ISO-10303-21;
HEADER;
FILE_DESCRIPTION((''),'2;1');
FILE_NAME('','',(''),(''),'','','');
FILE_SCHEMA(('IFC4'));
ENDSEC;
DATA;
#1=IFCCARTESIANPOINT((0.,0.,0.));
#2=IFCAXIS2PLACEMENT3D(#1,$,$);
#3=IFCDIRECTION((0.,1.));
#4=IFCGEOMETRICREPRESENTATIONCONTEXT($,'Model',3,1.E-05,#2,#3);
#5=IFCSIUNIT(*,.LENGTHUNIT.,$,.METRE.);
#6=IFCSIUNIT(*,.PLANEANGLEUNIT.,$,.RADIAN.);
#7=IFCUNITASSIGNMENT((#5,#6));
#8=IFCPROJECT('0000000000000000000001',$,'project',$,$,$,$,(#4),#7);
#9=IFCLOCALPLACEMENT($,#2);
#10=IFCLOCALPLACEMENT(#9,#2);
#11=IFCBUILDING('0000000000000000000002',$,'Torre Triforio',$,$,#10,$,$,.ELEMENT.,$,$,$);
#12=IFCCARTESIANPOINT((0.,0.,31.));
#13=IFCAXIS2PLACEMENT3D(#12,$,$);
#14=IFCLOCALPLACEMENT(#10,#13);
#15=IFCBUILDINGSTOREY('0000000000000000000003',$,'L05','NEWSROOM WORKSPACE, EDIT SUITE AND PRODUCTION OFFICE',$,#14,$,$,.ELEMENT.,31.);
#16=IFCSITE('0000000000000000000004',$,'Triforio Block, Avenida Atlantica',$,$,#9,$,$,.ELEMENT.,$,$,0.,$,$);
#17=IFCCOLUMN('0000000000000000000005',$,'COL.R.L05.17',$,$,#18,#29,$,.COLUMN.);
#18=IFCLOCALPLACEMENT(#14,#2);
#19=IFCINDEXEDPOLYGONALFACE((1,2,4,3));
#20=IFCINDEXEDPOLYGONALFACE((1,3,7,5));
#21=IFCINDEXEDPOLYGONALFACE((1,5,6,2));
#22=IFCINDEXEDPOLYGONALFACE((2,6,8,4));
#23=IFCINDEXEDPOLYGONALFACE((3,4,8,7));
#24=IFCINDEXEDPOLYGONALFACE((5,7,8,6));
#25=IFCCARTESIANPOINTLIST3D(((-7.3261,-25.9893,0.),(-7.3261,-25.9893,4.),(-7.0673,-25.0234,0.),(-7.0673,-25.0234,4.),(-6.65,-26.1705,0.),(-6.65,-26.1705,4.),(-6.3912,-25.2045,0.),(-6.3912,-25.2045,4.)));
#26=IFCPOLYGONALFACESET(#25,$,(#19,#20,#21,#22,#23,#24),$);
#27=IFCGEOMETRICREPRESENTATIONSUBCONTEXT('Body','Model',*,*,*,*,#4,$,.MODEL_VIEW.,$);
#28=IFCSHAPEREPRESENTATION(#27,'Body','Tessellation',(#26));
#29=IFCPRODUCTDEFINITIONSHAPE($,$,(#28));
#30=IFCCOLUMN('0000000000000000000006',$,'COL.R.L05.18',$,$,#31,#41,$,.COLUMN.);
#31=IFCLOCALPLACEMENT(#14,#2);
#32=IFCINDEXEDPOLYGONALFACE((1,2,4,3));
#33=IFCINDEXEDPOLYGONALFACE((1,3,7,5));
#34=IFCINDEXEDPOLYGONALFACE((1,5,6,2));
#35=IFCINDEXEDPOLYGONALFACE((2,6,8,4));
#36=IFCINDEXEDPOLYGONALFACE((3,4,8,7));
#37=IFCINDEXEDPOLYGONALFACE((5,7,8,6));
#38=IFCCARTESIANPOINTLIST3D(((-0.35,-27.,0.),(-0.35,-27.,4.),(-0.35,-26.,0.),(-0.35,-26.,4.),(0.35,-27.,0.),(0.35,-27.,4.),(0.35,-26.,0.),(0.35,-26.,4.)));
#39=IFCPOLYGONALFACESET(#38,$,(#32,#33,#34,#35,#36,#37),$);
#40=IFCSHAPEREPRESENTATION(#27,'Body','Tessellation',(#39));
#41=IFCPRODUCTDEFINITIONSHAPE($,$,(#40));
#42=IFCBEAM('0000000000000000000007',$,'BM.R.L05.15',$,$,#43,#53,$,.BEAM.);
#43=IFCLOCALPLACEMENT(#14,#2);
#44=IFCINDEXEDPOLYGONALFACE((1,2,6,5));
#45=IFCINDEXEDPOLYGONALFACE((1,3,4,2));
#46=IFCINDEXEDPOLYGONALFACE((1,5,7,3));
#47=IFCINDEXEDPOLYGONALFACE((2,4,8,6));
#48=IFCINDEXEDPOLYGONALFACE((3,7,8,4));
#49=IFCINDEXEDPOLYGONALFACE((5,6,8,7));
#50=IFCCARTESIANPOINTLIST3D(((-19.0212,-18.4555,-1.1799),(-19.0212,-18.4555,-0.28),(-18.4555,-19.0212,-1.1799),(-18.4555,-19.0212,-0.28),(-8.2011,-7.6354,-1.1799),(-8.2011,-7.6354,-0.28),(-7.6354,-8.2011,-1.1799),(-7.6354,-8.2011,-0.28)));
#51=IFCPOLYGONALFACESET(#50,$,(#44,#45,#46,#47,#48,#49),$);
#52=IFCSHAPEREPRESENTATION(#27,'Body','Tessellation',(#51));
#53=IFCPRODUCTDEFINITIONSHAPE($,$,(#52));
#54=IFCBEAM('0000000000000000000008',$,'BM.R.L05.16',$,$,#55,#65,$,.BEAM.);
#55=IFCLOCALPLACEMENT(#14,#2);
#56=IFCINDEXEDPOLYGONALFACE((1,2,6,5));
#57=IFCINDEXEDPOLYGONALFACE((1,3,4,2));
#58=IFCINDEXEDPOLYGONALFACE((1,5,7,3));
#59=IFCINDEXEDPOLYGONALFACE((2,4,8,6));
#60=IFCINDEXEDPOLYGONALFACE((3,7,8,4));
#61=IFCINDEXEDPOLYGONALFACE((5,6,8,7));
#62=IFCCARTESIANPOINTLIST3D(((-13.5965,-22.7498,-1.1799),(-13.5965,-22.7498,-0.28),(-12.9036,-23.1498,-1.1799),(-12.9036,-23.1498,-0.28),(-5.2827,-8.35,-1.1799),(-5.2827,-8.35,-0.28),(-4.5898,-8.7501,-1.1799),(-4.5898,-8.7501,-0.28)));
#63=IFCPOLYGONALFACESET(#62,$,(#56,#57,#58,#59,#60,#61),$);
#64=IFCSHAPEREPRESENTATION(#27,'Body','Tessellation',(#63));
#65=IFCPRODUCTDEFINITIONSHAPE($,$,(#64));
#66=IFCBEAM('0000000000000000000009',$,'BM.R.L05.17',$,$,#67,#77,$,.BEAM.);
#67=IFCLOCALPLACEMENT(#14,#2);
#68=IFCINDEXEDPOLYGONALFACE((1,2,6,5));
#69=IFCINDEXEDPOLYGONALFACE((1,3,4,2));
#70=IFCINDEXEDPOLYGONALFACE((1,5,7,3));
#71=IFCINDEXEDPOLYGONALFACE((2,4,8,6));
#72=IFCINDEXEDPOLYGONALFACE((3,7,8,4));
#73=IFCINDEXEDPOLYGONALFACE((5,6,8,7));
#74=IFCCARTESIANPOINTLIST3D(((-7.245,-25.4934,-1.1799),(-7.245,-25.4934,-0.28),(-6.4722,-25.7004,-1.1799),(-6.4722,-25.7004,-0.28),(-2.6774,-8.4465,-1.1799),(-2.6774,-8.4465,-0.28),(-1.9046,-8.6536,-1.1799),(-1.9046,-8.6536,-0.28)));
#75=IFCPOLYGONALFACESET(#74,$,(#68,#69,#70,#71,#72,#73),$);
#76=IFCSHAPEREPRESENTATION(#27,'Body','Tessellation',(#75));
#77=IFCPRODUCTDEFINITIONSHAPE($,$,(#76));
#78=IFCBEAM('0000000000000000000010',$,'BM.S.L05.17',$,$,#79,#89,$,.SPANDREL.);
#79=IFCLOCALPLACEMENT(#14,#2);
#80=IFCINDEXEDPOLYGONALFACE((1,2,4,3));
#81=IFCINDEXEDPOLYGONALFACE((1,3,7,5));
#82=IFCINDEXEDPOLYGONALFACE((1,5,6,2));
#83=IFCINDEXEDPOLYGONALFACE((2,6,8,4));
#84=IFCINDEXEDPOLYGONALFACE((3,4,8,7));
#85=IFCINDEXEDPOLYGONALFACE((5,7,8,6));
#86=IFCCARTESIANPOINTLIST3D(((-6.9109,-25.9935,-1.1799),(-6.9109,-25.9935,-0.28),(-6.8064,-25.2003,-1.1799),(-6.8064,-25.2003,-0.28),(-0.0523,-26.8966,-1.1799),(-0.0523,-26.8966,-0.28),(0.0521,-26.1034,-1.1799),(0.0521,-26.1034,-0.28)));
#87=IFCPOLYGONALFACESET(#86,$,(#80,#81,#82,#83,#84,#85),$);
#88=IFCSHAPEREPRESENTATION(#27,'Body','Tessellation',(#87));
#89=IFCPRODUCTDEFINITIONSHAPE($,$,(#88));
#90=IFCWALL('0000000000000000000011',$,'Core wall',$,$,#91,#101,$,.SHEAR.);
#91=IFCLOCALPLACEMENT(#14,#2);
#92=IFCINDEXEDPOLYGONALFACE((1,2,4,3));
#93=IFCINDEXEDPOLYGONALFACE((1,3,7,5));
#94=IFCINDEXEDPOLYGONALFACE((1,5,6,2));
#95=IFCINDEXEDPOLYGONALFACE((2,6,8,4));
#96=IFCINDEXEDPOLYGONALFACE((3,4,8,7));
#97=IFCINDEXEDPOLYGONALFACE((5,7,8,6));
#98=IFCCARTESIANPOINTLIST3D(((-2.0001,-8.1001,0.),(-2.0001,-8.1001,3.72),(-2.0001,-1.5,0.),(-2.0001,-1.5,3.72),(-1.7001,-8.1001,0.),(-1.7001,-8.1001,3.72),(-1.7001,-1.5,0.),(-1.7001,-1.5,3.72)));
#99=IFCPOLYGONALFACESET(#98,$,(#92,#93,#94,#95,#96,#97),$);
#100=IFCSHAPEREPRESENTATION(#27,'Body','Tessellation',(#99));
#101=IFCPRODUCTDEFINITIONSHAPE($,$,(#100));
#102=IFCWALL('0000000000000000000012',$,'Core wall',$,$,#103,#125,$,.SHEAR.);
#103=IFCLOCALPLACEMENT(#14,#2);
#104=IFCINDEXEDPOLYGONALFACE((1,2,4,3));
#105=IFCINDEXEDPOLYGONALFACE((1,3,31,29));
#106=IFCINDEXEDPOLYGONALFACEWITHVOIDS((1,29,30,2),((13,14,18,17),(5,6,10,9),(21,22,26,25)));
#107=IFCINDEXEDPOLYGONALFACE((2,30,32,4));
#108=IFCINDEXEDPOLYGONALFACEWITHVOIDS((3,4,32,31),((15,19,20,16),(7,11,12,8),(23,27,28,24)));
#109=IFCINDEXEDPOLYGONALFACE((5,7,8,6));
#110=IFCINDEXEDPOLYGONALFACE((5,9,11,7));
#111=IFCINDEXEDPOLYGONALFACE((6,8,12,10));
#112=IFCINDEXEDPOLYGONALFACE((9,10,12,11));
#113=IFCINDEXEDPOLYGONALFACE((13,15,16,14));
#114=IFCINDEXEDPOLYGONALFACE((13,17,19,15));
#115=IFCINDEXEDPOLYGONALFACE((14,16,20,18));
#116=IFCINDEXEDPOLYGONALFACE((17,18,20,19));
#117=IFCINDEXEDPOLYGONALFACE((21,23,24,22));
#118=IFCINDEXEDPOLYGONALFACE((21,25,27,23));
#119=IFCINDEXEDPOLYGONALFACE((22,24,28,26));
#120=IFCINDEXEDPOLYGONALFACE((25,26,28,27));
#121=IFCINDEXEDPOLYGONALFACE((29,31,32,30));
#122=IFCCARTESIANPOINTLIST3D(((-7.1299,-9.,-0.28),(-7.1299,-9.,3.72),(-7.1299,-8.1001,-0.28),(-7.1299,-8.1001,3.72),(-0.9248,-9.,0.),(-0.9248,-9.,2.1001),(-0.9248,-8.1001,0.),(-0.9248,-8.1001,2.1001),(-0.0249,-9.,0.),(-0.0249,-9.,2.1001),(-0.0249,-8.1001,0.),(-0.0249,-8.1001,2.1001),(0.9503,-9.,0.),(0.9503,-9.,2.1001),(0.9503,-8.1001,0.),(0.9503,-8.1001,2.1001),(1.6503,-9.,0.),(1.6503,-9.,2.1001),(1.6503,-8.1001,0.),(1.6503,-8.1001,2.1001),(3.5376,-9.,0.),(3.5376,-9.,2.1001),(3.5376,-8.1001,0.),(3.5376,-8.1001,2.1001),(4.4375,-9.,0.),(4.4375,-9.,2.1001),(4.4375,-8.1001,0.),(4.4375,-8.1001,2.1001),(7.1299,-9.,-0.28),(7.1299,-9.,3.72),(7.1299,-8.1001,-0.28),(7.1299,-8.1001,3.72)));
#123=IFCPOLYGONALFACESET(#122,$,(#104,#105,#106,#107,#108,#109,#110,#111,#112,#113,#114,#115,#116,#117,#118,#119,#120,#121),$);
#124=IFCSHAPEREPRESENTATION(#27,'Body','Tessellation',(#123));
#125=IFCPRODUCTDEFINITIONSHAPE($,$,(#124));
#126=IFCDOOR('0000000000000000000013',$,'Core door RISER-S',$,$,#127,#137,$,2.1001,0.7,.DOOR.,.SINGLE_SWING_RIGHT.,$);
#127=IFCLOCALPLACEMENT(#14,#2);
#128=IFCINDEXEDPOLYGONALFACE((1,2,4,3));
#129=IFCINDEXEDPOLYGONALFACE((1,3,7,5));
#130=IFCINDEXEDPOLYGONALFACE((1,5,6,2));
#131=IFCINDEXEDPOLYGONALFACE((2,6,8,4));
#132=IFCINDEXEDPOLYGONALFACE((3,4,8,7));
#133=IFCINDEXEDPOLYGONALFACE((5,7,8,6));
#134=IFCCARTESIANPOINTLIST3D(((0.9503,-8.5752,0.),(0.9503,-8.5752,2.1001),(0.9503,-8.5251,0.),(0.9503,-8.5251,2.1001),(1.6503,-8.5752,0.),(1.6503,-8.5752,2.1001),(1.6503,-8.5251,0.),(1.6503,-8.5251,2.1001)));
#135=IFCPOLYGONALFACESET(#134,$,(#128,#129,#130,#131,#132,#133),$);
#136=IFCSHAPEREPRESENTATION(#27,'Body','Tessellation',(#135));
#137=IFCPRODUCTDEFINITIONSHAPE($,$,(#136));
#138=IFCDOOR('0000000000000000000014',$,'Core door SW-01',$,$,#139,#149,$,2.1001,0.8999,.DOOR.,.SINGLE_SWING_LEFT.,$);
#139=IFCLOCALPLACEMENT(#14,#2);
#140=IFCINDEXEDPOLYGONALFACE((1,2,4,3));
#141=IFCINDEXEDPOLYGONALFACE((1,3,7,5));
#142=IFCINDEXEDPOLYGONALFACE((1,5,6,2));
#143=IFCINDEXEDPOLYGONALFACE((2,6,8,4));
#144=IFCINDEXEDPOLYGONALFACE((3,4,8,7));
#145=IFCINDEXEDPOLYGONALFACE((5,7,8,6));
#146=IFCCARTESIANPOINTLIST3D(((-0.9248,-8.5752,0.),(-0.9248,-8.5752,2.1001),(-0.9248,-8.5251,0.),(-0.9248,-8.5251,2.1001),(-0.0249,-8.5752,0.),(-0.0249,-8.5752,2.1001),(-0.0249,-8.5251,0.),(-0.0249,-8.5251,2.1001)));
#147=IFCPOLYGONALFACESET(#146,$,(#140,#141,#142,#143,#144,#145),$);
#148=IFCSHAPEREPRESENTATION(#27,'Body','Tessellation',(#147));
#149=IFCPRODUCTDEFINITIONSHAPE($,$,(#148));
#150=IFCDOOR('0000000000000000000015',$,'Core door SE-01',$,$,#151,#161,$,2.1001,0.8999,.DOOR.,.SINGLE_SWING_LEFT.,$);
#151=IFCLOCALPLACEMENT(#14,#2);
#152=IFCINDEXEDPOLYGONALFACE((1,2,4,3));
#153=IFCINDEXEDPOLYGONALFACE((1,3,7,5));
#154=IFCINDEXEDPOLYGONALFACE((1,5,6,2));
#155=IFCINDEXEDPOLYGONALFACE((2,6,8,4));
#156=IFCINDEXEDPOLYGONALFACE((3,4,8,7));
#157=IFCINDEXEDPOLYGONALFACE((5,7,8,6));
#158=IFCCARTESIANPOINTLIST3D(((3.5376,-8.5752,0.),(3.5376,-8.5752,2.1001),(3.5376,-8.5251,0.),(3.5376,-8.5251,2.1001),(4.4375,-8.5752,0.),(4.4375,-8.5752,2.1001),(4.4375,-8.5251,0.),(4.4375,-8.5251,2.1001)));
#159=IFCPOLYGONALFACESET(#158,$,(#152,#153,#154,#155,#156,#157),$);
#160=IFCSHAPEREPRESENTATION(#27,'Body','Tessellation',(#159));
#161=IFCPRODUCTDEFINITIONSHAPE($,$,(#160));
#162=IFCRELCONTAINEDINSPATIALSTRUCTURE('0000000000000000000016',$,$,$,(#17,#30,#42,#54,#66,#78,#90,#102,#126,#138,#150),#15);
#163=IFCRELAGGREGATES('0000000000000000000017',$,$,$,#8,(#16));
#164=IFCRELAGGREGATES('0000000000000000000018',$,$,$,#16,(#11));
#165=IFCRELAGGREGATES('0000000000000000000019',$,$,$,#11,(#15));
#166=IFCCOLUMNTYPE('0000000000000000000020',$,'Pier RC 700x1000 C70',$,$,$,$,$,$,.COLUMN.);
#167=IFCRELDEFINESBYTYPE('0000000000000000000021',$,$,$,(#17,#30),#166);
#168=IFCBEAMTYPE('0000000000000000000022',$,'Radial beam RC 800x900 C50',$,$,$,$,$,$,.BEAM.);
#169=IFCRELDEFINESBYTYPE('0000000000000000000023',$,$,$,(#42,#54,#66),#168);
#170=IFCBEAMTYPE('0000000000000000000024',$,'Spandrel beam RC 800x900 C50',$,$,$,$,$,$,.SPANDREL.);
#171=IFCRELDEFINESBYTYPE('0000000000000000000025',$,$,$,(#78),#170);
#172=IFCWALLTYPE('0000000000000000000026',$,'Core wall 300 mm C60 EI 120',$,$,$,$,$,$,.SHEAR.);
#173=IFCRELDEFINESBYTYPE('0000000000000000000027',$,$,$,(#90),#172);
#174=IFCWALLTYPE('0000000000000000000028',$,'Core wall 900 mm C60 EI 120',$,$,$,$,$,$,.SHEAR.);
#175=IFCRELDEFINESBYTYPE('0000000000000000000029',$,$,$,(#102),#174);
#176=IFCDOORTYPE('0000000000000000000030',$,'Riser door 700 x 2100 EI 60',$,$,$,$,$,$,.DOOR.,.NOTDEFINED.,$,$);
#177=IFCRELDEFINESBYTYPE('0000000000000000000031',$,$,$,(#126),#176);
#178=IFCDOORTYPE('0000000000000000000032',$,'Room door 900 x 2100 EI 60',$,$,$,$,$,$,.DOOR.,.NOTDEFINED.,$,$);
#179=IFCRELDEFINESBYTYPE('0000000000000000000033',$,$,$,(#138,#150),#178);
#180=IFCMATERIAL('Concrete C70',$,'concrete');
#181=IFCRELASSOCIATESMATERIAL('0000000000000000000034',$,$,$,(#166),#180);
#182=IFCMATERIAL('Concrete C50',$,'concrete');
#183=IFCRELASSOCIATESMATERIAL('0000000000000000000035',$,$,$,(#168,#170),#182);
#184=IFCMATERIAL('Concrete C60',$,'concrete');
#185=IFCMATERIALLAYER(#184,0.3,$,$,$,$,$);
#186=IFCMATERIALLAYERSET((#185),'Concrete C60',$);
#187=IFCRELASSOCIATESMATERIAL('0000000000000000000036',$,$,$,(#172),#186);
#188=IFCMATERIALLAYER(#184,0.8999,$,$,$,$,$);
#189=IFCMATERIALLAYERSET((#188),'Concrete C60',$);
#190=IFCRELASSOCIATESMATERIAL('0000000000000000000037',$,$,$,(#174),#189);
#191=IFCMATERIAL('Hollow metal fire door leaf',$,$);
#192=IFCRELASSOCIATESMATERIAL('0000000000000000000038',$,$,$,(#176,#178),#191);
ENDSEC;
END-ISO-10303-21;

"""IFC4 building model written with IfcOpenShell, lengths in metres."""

from ifc_helpers import new_model, si_unit, direction, frame, frame_2d, origin, origin_2d, place, context, subcontext, project, spatial, rectangle, extrude, material, layer, layer_set, material_profile, profile_set, type_object, element, fill, save


model = new_model("IFC4")

# Units and contexts
model_context = context("Model", 3, precision=1e-05, world=origin(), true_north=direction((0.0, 1.0)))
body_context = subcontext(model_context, "Body", "Model", "MODEL_VIEW")
ifc_project = project(units=[si_unit("LENGTHUNIT", "METRE"), si_unit("PLANEANGLEUNIT", "RADIAN")], contexts=[model_context])

# Site, building, storey
site_placement = place(None, origin())
site = spatial("IfcSite", under=ifc_project, at=site_placement, Name="Triforio Block, Avenida Atlantica", CompositionType="ELEMENT", RefElevation=0.0)
building_placement = place(site_placement, origin())
building = spatial("IfcBuilding", under=site, at=building_placement, Name="Torre Triforio", CompositionType="ELEMENT")
storey_placement = place(building_placement, frame((0.0, 0.0, 31.0)))
storey = spatial("IfcBuildingStorey", under=building, at=storey_placement, Name="L05", Description="NEWSROOM WORKSPACE, EDIT SUITE AND PRODUCTION OFFICE", CompositionType="ELEMENT", Elevation=31.0)

# Columns
ifc_material_1 = material(Name="Concrete C70", Category="concrete")
ifc_material_profile_1 = material_profile(ifc_material_1, rectangle(XDim=0.7, YDim=1.0, at=origin_2d()), Name="RC 700x1000")
ifc_profile_set_1 = profile_set([ifc_material_profile_1], Name="Concrete C70")
column_type = type_object("IfcColumnType", Name="Pier RC 700x1000 C70", PredefinedType="COLUMN", material=ifc_profile_set_1)
for number, where, z_axis, x_axis, name in (
    (1, (-6.8586, -25.5969, 0.0), (0.0, 0.0, 1.0), (0.965926, -0.258819, 0.0), "COL.R.L05.17"),
    (2, (0.0, -26.5, 0.0), (0.0, 0.0, 1.0), (1.0, 0.0, 0.0), "COL.R.L05.18"),
):
    element("IfcColumn", number, at=place(storey_placement, frame(where, z_axis=z_axis, x_axis=x_axis)), inside=storey, type_object=column_type, Name=name, PredefinedType="COLUMN", context=body_context, shape_type="SweptSolid", body=[
        extrude(rectangle(XDim=0.7, YDim=1.0, at=origin_2d()), origin(), (0.0, 0.0, 1.0), 4.0),
    ])

# Beams
ifc_material_2 = material(Name="Concrete C50", Category="concrete")
ifc_material_profile_2 = material_profile(ifc_material_2, rectangle(XDim=0.8, YDim=0.8999, at=origin_2d()), Name="RC 800x900")
ifc_profile_set_2 = profile_set([ifc_material_profile_2], Name="Concrete C50")
beam_type_1 = type_object("IfcBeamType", Name="Radial beam RC 800x900 C50", PredefinedType="BEAM", material=ifc_profile_set_2)
beam_1_placement = place(storey_placement, frame((-7.9182, -7.9182, -0.73), z_axis=(-0.707107, -0.707107, 0.0), x_axis=(0.707107, -0.707107, 0.0)))
element("IfcBeam", 3, at=beam_1_placement, inside=storey, type_object=beam_type_1, Name="BM.R.L05.15", PredefinedType="BEAM", context=body_context, shape_type="SweptSolid", body=[
    extrude(rectangle(XDim=0.8, YDim=0.8999, at=origin_2d()), origin(), (0.0, 0.0, 1.0), 15.302),
])
beam_2_placement = place(storey_placement, frame((-4.9363, -8.55, -0.73), z_axis=(-0.500003, -0.866023, 0.0), x_axis=(0.866023, -0.500003, 0.0)))
element("IfcBeam", 4, at=beam_2_placement, inside=storey, type_object=beam_type_1, Name="BM.R.L05.16", PredefinedType="BEAM", context=body_context, shape_type="SweptSolid", body=[
    extrude(rectangle(XDim=0.8, YDim=0.8999, at=origin_2d()), origin(), (0.0, 0.0, 1.0), 16.6274),
])
beam_3_placement = place(storey_placement, frame((-2.291, -8.55, -0.73), z_axis=(-0.258815, -0.965927, 0.0), x_axis=(0.965927, -0.258815, 0.0)))
element("IfcBeam", 5, at=beam_3_placement, inside=storey, type_object=beam_type_1, Name="BM.R.L05.17", PredefinedType="BEAM", context=body_context, shape_type="SweptSolid", body=[
    extrude(rectangle(XDim=0.8, YDim=0.8999, at=origin_2d()), origin(), (0.0, 0.0, 1.0), 17.6482),
])
ifc_material_profile_3 = material_profile(ifc_material_2, rectangle(XDim=0.8, YDim=0.8999, at=origin_2d()), Name="RC 800x900")
ifc_profile_set_3 = profile_set([ifc_material_profile_3], Name="Concrete C50")
beam_type_2 = type_object("IfcBeamType", Name="Spandrel beam RC 800x900 C50", PredefinedType="SPANDREL", material=ifc_profile_set_3)
beam_4_placement = place(storey_placement, frame((-6.8586, -25.5969, -0.73), z_axis=(0.991443, -0.130543, 0.0), x_axis=(0.130543, 0.991443, 0.0)))
element("IfcBeam", 6, at=beam_4_placement, inside=storey, type_object=beam_type_2, Name="BM.S.L05.17", PredefinedType="SPANDREL", context=body_context, shape_type="SweptSolid", body=[
    extrude(rectangle(XDim=0.8, YDim=0.8999, at=origin_2d()), origin(), (0.0, 0.0, 1.0), 6.9177),
])

# Wall
ifc_material_3 = material(Name="Concrete C60", Category="concrete")
ifc_layer_1 = layer(ifc_material_3, 0.3)
ifc_layer_set_1 = layer_set([ifc_layer_1], Name="Concrete C60")
wall_type_1 = type_object("IfcWallType", Name="Core wall 300 mm C60 EI 120", PredefinedType="SHEAR", material=ifc_layer_set_1)
wall_1_placement = place(storey_placement, frame((-1.8501, -8.1001, 0.0), z_axis=(0.0, 0.0, 1.0), x_axis=(0.0, 1.0, 0.0)))
element("IfcWall", 7, at=wall_1_placement, inside=storey, type_object=wall_type_1, Name="Core wall", PredefinedType="SHEAR", context=body_context, shape_type="SweptSolid", body=[
    extrude(rectangle(XDim=6.6001, YDim=0.3, at=frame_2d((3.3, 0.0))), origin(), (0.0, 0.0, 1.0), 3.72),
])

# Wall, openings, doors
ifc_layer_2 = layer(ifc_material_3, 0.8999)
ifc_layer_set_2 = layer_set([ifc_layer_2], Name="Concrete C60")
wall_type_2 = type_object("IfcWallType", Name="Core wall 900 mm C60 EI 120", PredefinedType="SHEAR", material=ifc_layer_set_2)
wall_2_placement = place(storey_placement, frame((-7.1299, -8.55, -0.28), z_axis=(0.0, 0.0, 1.0), x_axis=(1.0, 0.0, 0.0)))
wall_2 = element("IfcWall", 8, at=wall_2_placement, inside=storey, type_object=wall_type_2, Name="Core wall", PredefinedType="SHEAR", context=body_context, shape_type="SweptSolid", body=[
    extrude(rectangle(XDim=14.2598, YDim=0.8999, at=frame_2d((7.1299, 0.0))), origin(), (0.0, 0.0, 1.0), 4.0),
])
opening_1_placement = place(wall_2_placement, frame((8.0801, 0.0, 0.28)))
opening_1 = element("IfcOpeningElement", 9, at=opening_1_placement, cuts=wall_2, PredefinedType="OPENING", context=body_context, shape_type="SweptSolid", body=[
    extrude(rectangle(XDim=0.7, YDim=2.1001, at=frame_2d((0.3501, 1.05))), frame((0.0, 0.46, 0.0), z_axis=(0.0, -1.0, 0.0), x_axis=(1.0, 0.0, 0.0)), (0.0, 0.0, 1.0), 0.9199),
])
opening_2_placement = place(wall_2_placement, frame((6.2051, 0.0, 0.28)))
opening_2 = element("IfcOpeningElement", 10, at=opening_2_placement, cuts=wall_2, PredefinedType="OPENING", context=body_context, shape_type="SweptSolid", body=[
    extrude(rectangle(XDim=0.8999, YDim=2.1001, at=frame_2d((0.45, 1.05))), frame((0.0, 0.46, 0.0), z_axis=(0.0, -1.0, 0.0), x_axis=(1.0, 0.0, 0.0)), (0.0, 0.0, 1.0), 0.9199),
])
opening_3_placement = place(wall_2_placement, frame((10.6675, 0.0, 0.28)))
opening_3 = element("IfcOpeningElement", 11, at=opening_3_placement, cuts=wall_2, PredefinedType="OPENING", context=body_context, shape_type="SweptSolid", body=[
    extrude(rectangle(XDim=0.8999, YDim=2.1001, at=frame_2d((0.45, 1.05))), frame((0.0, 0.46, 0.0), z_axis=(0.0, -1.0, 0.0), x_axis=(1.0, 0.0, 0.0)), (0.0, 0.0, 1.0), 0.9199),
])
ifc_material_4 = material(Name="Hollow metal fire door leaf")
door_type_1 = type_object("IfcDoorType", Name="Riser door 700 x 2100 EI 60", OperationType="NOTDEFINED", PredefinedType="DOOR", material=ifc_material_4)
door_1_placement = place(opening_1_placement, origin())
door_1 = element("IfcDoor", 12, at=door_1_placement, inside=storey, type_object=door_type_1, Name="Core door RISER-S", OperationType="SINGLE_SWING_RIGHT", OverallHeight=2.1001, OverallWidth=0.7, PredefinedType="DOOR", context=body_context, shape_type="SweptSolid", body=[
    extrude(rectangle(XDim=0.7, YDim=2.1001, at=frame_2d((0.3501, 1.05))), frame((0.0, 0.0249, 0.0), z_axis=(0.0, -1.0, 0.0), x_axis=(1.0, 0.0, 0.0)), (0.0, 0.0, 1.0), 0.05),
])
fill(opening_1, door_1)
door_type_2 = type_object("IfcDoorType", Name="Room door 900 x 2100 EI 60", OperationType="NOTDEFINED", PredefinedType="DOOR", material=ifc_material_4)
door_2_placement = place(opening_2_placement, origin())
door_2 = element("IfcDoor", 13, at=door_2_placement, inside=storey, type_object=door_type_2, Name="Core door SW-01", OperationType="SINGLE_SWING_LEFT", OverallHeight=2.1001, OverallWidth=0.8999, PredefinedType="DOOR", context=body_context, shape_type="SweptSolid", body=[
    extrude(rectangle(XDim=0.8999, YDim=2.1001, at=frame_2d((0.45, 1.05))), frame((0.0, 0.0249, 0.0), z_axis=(0.0, -1.0, 0.0), x_axis=(1.0, 0.0, 0.0)), (0.0, 0.0, 1.0), 0.05),
])
fill(opening_2, door_2)
door_3_placement = place(opening_3_placement, origin())
door_3 = element("IfcDoor", 14, at=door_3_placement, inside=storey, type_object=door_type_2, Name="Core door SE-01", OperationType="SINGLE_SWING_LEFT", OverallHeight=2.1001, OverallWidth=0.8999, PredefinedType="DOOR", context=body_context, shape_type="SweptSolid", body=[
    extrude(rectangle(XDim=0.8999, YDim=2.1001, at=frame_2d((0.45, 1.05))), frame((0.0, 0.0249, 0.0), z_axis=(0.0, -1.0, 0.0), x_axis=(1.0, 0.0, 0.0)), (0.0, 0.0, 1.0), 0.05),
])
fill(opening_3, door_3)

save(model, "model.ifc")
